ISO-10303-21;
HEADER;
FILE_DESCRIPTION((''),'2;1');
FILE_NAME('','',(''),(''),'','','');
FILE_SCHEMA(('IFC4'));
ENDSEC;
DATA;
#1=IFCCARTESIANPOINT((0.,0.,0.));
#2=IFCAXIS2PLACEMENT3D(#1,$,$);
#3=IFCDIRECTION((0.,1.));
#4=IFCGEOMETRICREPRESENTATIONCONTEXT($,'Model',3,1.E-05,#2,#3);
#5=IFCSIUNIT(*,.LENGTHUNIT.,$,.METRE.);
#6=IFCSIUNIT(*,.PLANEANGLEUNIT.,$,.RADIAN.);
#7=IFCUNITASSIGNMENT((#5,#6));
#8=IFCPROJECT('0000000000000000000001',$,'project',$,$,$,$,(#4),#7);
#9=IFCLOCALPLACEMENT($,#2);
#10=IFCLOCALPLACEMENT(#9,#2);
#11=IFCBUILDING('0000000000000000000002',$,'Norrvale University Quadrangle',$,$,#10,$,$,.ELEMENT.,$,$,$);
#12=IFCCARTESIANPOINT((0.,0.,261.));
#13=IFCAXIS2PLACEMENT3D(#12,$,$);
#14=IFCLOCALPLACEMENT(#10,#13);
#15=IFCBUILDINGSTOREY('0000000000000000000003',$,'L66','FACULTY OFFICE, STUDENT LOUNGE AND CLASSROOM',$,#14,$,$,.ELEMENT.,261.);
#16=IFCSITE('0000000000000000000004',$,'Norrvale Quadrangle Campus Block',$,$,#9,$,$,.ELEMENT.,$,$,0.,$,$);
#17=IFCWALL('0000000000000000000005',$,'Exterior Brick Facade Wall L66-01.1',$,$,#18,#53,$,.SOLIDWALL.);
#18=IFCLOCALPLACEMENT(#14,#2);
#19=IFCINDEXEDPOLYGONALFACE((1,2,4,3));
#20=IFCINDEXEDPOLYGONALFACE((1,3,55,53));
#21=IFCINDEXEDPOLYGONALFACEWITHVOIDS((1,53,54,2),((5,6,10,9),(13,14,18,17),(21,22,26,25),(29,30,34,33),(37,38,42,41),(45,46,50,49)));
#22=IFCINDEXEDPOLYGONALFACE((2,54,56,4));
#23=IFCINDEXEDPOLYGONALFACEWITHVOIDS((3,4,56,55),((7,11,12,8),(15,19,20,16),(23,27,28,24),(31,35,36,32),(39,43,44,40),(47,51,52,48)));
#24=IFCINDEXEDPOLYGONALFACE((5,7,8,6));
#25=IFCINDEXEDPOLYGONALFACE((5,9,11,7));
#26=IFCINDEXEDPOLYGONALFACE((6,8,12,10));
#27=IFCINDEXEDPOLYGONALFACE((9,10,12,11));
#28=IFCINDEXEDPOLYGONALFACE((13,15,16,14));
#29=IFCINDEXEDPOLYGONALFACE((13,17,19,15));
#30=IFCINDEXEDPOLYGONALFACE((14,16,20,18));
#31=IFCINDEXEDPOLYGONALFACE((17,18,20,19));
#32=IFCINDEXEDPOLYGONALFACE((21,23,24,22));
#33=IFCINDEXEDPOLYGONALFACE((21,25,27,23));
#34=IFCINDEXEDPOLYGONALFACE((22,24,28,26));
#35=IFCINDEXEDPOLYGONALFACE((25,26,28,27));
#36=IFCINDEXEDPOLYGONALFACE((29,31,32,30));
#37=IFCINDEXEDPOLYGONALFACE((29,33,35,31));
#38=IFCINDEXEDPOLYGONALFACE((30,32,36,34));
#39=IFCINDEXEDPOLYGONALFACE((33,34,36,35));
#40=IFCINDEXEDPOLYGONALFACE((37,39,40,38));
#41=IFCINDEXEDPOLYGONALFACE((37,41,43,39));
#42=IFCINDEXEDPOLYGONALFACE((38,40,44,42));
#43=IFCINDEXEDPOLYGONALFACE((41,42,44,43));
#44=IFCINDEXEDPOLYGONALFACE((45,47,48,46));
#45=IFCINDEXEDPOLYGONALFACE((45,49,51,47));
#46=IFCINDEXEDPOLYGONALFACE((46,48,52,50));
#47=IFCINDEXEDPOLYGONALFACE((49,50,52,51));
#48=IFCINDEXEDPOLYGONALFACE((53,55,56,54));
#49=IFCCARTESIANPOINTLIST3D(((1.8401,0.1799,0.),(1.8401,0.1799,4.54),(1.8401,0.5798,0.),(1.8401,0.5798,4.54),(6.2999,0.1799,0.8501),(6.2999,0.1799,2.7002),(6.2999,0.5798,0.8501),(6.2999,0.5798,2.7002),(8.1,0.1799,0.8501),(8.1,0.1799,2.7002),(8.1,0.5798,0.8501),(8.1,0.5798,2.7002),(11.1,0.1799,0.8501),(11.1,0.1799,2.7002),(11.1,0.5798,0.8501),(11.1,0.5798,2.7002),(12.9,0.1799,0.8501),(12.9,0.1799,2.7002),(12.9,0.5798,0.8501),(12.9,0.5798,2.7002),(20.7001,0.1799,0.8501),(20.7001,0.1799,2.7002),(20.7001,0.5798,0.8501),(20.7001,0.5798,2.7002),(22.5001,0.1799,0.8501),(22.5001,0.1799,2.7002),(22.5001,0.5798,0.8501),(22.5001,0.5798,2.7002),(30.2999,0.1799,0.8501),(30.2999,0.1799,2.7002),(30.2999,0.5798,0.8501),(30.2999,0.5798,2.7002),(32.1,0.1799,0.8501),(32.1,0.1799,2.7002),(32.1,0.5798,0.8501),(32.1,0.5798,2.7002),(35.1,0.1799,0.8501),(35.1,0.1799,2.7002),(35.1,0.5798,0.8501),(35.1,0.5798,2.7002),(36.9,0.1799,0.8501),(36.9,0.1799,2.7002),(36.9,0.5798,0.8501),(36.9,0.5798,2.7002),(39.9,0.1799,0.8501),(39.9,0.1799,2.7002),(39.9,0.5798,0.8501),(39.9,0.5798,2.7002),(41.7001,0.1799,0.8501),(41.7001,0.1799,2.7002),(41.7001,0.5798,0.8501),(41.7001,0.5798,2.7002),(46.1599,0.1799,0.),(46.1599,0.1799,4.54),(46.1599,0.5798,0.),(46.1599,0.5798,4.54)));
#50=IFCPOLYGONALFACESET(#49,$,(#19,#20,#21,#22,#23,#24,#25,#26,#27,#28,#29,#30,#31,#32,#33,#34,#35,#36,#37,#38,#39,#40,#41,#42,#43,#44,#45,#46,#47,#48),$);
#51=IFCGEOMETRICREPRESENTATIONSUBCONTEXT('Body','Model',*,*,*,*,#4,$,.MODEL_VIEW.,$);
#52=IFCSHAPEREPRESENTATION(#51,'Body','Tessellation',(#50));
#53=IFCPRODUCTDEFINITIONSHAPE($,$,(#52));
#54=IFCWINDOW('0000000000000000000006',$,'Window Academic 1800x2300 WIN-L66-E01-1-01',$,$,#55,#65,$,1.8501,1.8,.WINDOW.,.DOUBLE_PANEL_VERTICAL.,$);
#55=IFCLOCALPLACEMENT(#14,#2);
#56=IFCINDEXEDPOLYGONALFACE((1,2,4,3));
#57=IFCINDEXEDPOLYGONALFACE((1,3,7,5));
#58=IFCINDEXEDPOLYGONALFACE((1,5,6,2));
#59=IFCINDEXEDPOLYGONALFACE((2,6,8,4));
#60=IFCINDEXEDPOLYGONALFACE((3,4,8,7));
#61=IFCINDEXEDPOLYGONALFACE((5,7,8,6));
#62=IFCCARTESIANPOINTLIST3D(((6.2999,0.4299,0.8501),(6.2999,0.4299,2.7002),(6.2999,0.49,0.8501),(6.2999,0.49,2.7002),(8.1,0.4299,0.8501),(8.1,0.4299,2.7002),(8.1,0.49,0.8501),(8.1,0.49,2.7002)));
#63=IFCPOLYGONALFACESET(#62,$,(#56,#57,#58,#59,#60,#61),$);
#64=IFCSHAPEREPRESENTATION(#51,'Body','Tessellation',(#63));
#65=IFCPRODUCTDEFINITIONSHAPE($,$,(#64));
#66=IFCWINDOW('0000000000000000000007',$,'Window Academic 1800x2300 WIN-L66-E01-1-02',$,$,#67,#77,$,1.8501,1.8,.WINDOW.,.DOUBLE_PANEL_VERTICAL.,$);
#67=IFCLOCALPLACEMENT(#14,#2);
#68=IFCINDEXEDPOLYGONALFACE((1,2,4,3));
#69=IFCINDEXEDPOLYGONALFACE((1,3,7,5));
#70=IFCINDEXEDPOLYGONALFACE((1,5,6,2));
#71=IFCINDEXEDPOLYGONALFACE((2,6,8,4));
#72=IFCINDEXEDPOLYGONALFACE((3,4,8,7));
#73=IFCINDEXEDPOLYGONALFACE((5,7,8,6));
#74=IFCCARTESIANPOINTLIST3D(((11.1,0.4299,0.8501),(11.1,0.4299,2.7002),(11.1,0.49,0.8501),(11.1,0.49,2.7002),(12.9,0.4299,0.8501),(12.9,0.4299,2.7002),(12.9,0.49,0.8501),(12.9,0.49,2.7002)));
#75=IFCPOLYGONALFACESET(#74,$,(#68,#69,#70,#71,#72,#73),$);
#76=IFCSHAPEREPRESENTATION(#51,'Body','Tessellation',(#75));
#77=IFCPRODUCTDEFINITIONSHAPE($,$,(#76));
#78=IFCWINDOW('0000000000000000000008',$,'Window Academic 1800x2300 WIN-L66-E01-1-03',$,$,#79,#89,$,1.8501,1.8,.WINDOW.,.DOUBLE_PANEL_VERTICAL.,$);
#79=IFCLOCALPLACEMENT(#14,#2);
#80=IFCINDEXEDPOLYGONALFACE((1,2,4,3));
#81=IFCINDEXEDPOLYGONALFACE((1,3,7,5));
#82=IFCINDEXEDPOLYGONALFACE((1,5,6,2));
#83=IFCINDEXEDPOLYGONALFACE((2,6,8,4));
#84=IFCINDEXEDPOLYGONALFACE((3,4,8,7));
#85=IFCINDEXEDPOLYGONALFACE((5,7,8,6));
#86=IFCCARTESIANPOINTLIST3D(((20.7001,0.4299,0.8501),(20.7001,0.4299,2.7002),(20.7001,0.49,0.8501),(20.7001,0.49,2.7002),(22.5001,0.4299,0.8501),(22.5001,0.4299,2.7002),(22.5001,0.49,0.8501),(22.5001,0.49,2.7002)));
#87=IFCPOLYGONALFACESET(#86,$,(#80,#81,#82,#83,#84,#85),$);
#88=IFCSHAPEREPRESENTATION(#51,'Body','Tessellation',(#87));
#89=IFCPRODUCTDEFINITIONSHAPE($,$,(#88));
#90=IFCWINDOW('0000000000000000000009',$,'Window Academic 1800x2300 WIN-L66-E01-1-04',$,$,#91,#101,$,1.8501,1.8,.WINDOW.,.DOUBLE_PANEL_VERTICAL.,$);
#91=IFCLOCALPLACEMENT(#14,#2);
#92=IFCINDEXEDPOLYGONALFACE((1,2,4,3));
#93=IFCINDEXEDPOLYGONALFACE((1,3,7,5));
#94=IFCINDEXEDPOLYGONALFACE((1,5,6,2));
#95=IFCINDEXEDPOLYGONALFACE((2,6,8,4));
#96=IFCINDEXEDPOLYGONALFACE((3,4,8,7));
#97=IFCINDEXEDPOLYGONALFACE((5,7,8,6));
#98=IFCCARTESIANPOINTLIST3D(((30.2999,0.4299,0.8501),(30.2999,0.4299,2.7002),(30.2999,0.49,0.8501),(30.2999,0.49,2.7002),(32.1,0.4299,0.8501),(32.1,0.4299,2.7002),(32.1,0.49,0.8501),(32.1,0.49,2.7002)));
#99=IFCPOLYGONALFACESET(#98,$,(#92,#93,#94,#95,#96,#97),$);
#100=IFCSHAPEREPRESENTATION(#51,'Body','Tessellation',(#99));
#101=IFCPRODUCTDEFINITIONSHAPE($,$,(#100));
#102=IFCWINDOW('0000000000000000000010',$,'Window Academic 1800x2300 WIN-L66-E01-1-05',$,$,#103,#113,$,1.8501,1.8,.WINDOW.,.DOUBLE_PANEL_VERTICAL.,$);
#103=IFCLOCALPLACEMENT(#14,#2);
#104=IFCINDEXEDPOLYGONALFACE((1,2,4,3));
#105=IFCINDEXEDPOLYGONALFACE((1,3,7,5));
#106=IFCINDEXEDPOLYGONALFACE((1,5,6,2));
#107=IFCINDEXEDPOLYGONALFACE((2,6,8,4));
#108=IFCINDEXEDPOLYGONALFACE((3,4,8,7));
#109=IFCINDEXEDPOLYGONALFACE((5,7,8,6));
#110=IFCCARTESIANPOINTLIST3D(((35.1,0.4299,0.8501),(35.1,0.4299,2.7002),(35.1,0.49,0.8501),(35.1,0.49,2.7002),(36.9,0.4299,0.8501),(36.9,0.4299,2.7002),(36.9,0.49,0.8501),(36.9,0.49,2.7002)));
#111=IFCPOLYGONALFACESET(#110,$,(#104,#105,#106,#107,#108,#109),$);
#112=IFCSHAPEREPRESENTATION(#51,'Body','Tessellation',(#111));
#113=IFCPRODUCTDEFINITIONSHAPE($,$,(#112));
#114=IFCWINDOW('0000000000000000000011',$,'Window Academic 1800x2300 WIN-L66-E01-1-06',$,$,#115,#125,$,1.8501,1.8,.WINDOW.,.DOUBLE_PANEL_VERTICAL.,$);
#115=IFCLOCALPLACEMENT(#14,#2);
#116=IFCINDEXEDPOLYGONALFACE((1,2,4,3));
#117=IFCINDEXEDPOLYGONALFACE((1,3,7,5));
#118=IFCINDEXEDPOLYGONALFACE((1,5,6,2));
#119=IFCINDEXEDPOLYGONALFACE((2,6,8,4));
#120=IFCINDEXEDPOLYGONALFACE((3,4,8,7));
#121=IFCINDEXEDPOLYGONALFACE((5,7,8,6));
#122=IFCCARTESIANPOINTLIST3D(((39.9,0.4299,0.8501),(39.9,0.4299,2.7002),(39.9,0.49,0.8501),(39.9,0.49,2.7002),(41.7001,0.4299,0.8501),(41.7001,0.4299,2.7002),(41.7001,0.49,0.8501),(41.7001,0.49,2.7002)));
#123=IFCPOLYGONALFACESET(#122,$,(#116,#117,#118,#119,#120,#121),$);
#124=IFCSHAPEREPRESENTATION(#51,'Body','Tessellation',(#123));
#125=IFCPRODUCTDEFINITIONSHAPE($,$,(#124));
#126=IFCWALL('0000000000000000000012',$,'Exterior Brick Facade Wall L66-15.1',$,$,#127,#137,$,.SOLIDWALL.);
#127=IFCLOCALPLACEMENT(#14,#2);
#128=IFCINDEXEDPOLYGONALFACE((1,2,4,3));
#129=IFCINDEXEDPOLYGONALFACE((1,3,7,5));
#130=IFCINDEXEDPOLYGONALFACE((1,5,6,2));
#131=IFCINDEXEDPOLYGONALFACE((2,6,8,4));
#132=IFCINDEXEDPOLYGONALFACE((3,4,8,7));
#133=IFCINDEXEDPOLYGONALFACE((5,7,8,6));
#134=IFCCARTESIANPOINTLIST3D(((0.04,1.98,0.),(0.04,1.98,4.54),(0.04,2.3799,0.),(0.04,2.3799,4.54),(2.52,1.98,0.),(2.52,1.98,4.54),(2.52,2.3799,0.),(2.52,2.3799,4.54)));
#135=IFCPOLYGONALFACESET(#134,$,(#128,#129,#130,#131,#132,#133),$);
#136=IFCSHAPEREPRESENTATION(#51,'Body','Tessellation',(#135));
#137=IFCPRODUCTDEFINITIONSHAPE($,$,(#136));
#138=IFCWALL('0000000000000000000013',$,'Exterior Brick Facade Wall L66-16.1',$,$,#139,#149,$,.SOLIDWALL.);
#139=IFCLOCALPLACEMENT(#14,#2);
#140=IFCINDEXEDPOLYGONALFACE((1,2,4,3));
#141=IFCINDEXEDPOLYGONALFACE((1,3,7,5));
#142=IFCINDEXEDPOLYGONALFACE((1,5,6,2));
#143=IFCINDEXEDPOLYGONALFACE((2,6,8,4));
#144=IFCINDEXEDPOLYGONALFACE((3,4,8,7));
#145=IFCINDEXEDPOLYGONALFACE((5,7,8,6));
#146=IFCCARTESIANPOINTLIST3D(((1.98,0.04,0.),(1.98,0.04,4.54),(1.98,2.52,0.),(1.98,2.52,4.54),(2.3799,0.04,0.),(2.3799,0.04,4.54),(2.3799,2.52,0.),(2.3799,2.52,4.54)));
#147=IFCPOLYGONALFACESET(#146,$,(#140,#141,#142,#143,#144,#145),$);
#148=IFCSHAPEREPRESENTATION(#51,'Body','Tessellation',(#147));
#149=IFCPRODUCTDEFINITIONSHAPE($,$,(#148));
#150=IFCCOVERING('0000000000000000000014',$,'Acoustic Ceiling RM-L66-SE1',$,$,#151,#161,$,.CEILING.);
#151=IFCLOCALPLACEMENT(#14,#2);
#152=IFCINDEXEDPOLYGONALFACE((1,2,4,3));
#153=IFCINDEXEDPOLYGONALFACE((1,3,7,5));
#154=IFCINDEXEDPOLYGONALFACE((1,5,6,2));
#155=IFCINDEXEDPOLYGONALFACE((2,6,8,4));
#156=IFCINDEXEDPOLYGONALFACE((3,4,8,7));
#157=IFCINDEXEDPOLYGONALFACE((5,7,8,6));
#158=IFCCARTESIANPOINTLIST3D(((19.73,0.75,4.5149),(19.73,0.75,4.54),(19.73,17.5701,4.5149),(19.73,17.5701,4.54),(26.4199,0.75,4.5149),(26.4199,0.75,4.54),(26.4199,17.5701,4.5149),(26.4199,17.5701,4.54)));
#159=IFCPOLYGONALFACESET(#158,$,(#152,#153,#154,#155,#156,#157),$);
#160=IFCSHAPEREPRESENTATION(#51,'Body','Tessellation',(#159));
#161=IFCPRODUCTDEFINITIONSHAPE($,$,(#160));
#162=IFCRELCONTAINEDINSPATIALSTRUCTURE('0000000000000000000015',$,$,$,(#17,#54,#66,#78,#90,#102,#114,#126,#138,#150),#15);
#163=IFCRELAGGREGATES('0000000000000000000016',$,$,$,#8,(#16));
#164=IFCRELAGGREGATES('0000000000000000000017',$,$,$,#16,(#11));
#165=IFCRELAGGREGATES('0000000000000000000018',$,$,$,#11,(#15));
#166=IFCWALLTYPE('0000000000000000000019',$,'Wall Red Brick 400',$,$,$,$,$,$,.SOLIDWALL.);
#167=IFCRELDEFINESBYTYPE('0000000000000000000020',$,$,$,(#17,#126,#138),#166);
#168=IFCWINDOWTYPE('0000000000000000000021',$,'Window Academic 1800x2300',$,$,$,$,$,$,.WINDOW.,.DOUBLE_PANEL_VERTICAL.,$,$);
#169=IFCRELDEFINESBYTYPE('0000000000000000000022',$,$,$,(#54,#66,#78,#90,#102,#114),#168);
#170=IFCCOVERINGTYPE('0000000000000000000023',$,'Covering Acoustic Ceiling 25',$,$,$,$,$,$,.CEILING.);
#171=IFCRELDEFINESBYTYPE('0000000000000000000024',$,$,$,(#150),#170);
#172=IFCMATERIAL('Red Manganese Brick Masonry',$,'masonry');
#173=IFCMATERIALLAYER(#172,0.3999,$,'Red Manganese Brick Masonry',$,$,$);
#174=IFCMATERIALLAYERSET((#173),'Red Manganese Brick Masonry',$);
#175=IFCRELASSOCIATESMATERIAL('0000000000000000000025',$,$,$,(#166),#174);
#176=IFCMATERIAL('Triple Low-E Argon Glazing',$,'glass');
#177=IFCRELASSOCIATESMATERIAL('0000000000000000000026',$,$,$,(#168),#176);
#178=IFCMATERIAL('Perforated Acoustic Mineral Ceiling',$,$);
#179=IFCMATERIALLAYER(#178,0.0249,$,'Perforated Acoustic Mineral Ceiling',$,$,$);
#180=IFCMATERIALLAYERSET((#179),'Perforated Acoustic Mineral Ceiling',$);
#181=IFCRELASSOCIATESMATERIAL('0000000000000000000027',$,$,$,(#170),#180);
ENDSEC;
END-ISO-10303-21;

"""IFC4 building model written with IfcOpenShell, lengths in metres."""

from ifc_helpers import new_model, si_unit, direction, frame, frame_2d, origin, place, context, subcontext, project, spatial, polyline, rectangle, outline, extrude, material, layer, layer_set, type_object, element, fill, save


model = new_model("IFC4")

# Units and contexts
model_context = context("Model", 3, precision=1e-05, world=origin(), true_north=direction((0.0, 1.0)))
body_context = subcontext(model_context, "Body", "Model", "MODEL_VIEW")
ifc_project = project(units=[si_unit("LENGTHUNIT", "METRE"), si_unit("PLANEANGLEUNIT", "RADIAN")], contexts=[model_context])

# Site, building, storey
site_placement = place(None, origin())
site = spatial("IfcSite", under=ifc_project, at=site_placement, Name="Norrvale Quadrangle Campus Block", CompositionType="ELEMENT", RefElevation=0.0)
building_placement = place(site_placement, origin())
building = spatial("IfcBuilding", under=site, at=building_placement, Name="Norrvale University Quadrangle", CompositionType="ELEMENT")
storey_placement = place(building_placement, frame((0.0, 0.0, 261.0)))
storey = spatial("IfcBuildingStorey", under=building, at=storey_placement, Name="L66", Description="FACULTY OFFICE, STUDENT LOUNGE AND CLASSROOM", CompositionType="ELEMENT", Elevation=261.0)

# Wall, openings, windows
ifc_material_1 = material(Name="Red Manganese Brick Masonry", Category="masonry")
ifc_layer_1 = layer(ifc_material_1, 0.3999, Name="Red Manganese Brick Masonry")
ifc_layer_set_1 = layer_set([ifc_layer_1], Name="Red Manganese Brick Masonry")
wall_type_1 = type_object("IfcWallType", Name="Wall Red Brick 400", PredefinedType="SOLIDWALL", material=ifc_layer_set_1)
wall_1_placement = place(storey_placement, frame((1.8401, 0.3799, 0.0), z_axis=(0.0, 0.0, 1.0), x_axis=(1.0, 0.0, 0.0)))
wall_1 = element("IfcWall", 1, at=wall_1_placement, inside=storey, type_object=wall_type_1, Name="Exterior Brick Facade Wall L66-01.1", PredefinedType="SOLIDWALL", context=body_context, shape_type="SweptSolid", body=[
    extrude(rectangle(XDim=44.3198, YDim=0.3999, at=frame_2d((22.1599, 0.0))), origin(), (0.0, 0.0, 1.0), 4.54),
])
opening_1_placement = place(wall_1_placement, frame((4.46, 0.0, 0.8501)))
opening_1 = element("IfcOpeningElement", 2, at=opening_1_placement, cuts=wall_1, PredefinedType="OPENING", context=body_context, shape_type="SweptSolid", body=[
    extrude(rectangle(XDim=1.8, YDim=1.8501, at=frame_2d((0.8999, 0.925))), frame((0.0, 0.2119, 0.0), z_axis=(0.0, -1.0, 0.0), x_axis=(1.0, 0.0, 0.0)), (0.0, 0.0, 1.0), 0.4238),
])
opening_2_placement = place(wall_1_placement, frame((9.26, 0.0, 0.8501)))
opening_2 = element("IfcOpeningElement", 3, at=opening_2_placement, cuts=wall_1, PredefinedType="OPENING", context=body_context, shape_type="SweptSolid", body=[
    extrude(rectangle(XDim=1.8, YDim=1.8501, at=frame_2d((0.8999, 0.925))), frame((0.0, 0.2119, 0.0), z_axis=(0.0, -1.0, 0.0), x_axis=(1.0, 0.0, 0.0)), (0.0, 0.0, 1.0), 0.4238),
])
opening_3_placement = place(wall_1_placement, frame((18.8601, 0.0, 0.8501)))
opening_3 = element("IfcOpeningElement", 4, at=opening_3_placement, cuts=wall_1, PredefinedType="OPENING", context=body_context, shape_type="SweptSolid", body=[
    extrude(rectangle(XDim=1.8, YDim=1.8501, at=frame_2d((0.8999, 0.925))), frame((0.0, 0.2119, 0.0), z_axis=(0.0, -1.0, 0.0), x_axis=(1.0, 0.0, 0.0)), (0.0, 0.0, 1.0), 0.4238),
])
opening_4_placement = place(wall_1_placement, frame((28.46, 0.0, 0.8501)))
opening_4 = element("IfcOpeningElement", 5, at=opening_4_placement, cuts=wall_1, PredefinedType="OPENING", context=body_context, shape_type="SweptSolid", body=[
    extrude(rectangle(XDim=1.8, YDim=1.8501, at=frame_2d((0.8999, 0.925))), frame((0.0, 0.2119, 0.0), z_axis=(0.0, -1.0, 0.0), x_axis=(1.0, 0.0, 0.0)), (0.0, 0.0, 1.0), 0.4238),
])
opening_5_placement = place(wall_1_placement, frame((33.26, 0.0, 0.8501)))
opening_5 = element("IfcOpeningElement", 6, at=opening_5_placement, cuts=wall_1, PredefinedType="OPENING", context=body_context, shape_type="SweptSolid", body=[
    extrude(rectangle(XDim=1.8, YDim=1.8501, at=frame_2d((0.8999, 0.925))), frame((0.0, 0.2119, 0.0), z_axis=(0.0, -1.0, 0.0), x_axis=(1.0, 0.0, 0.0)), (0.0, 0.0, 1.0), 0.4238),
])
opening_6_placement = place(wall_1_placement, frame((38.0601, 0.0, 0.8501)))
opening_6 = element("IfcOpeningElement", 7, at=opening_6_placement, cuts=wall_1, PredefinedType="OPENING", context=body_context, shape_type="SweptSolid", body=[
    extrude(rectangle(XDim=1.8, YDim=1.8501, at=frame_2d((0.8999, 0.925))), frame((0.0, 0.2119, 0.0), z_axis=(0.0, -1.0, 0.0), x_axis=(1.0, 0.0, 0.0)), (0.0, 0.0, 1.0), 0.4238),
])
ifc_material_2 = material(Name="Triple Low-E Argon Glazing", Category="glass")
window_type = type_object("IfcWindowType", Name="Window Academic 1800x2300", PartitioningType="DOUBLE_PANEL_VERTICAL", PredefinedType="WINDOW", material=ifc_material_2)
window_1_placement = place(opening_1_placement, origin())
window_1 = element("IfcWindow", 8, at=window_1_placement, inside=storey, type_object=window_type, Name="Window Academic 1800x2300 WIN-L66-E01-1-01", OverallHeight=1.8501, OverallWidth=1.8, PartitioningType="DOUBLE_PANEL_VERTICAL", PredefinedType="WINDOW", context=body_context, shape_type="SweptSolid", body=[
    extrude(rectangle(XDim=1.8, YDim=1.8501, at=frame_2d((0.8999, 0.925))), frame((0.0, 0.1101, 0.0), z_axis=(0.0, -1.0, 0.0), x_axis=(1.0, 0.0, 0.0)), (0.0, 0.0, 1.0), 0.0601),
])
fill(opening_1, window_1)
window_2_placement = place(opening_2_placement, origin())
window_2 = element("IfcWindow", 9, at=window_2_placement, inside=storey, type_object=window_type, Name="Window Academic 1800x2300 WIN-L66-E01-1-02", OverallHeight=1.8501, OverallWidth=1.8, PartitioningType="DOUBLE_PANEL_VERTICAL", PredefinedType="WINDOW", context=body_context, shape_type="SweptSolid", body=[
    extrude(rectangle(XDim=1.8, YDim=1.8501, at=frame_2d((0.8999, 0.925))), frame((0.0, 0.1101, 0.0), z_axis=(0.0, -1.0, 0.0), x_axis=(1.0, 0.0, 0.0)), (0.0, 0.0, 1.0), 0.0601),
])
fill(opening_2, window_2)
window_3_placement = place(opening_3_placement, origin())
window_3 = element("IfcWindow", 10, at=window_3_placement, inside=storey, type_object=window_type, Name="Window Academic 1800x2300 WIN-L66-E01-1-03", OverallHeight=1.8501, OverallWidth=1.8, PartitioningType="DOUBLE_PANEL_VERTICAL", PredefinedType="WINDOW", context=body_context, shape_type="SweptSolid", body=[
    extrude(rectangle(XDim=1.8, YDim=1.8501, at=frame_2d((0.8999, 0.925))), frame((0.0, 0.1101, 0.0), z_axis=(0.0, -1.0, 0.0), x_axis=(1.0, 0.0, 0.0)), (0.0, 0.0, 1.0), 0.0601),
])
fill(opening_3, window_3)
window_4_placement = place(opening_4_placement, origin())
window_4 = element("IfcWindow", 11, at=window_4_placement, inside=storey, type_object=window_type, Name="Window Academic 1800x2300 WIN-L66-E01-1-04", OverallHeight=1.8501, OverallWidth=1.8, PartitioningType="DOUBLE_PANEL_VERTICAL", PredefinedType="WINDOW", context=body_context, shape_type="SweptSolid", body=[
    extrude(rectangle(XDim=1.8, YDim=1.8501, at=frame_2d((0.8999, 0.925))), frame((0.0, 0.1101, 0.0), z_axis=(0.0, -1.0, 0.0), x_axis=(1.0, 0.0, 0.0)), (0.0, 0.0, 1.0), 0.0601),
])
fill(opening_4, window_4)
window_5_placement = place(opening_5_placement, origin())
window_5 = element("IfcWindow", 12, at=window_5_placement, inside=storey, type_object=window_type, Name="Window Academic 1800x2300 WIN-L66-E01-1-05", OverallHeight=1.8501, OverallWidth=1.8, PartitioningType="DOUBLE_PANEL_VERTICAL", PredefinedType="WINDOW", context=body_context, shape_type="SweptSolid", body=[
    extrude(rectangle(XDim=1.8, YDim=1.8501, at=frame_2d((0.8999, 0.925))), frame((0.0, 0.1101, 0.0), z_axis=(0.0, -1.0, 0.0), x_axis=(1.0, 0.0, 0.0)), (0.0, 0.0, 1.0), 0.0601),
])
fill(opening_5, window_5)
window_6_placement = place(opening_6_placement, origin())
window_6 = element("IfcWindow", 13, at=window_6_placement, inside=storey, type_object=window_type, Name="Window Academic 1800x2300 WIN-L66-E01-1-06", OverallHeight=1.8501, OverallWidth=1.8, PartitioningType="DOUBLE_PANEL_VERTICAL", PredefinedType="WINDOW", context=body_context, shape_type="SweptSolid", body=[
    extrude(rectangle(XDim=1.8, YDim=1.8501, at=frame_2d((0.8999, 0.925))), frame((0.0, 0.1101, 0.0), z_axis=(0.0, -1.0, 0.0), x_axis=(1.0, 0.0, 0.0)), (0.0, 0.0, 1.0), 0.0601),
])
fill(opening_6, window_6)

# Walls
for number, where, z_axis, x_axis, name in (
    (14, (0.04, 2.1799, 0.0), (0.0, 0.0, 1.0), (1.0, 0.0, 0.0), "Exterior Brick Facade Wall L66-15.1"),
    (15, (2.1799, 2.52, 0.0), (0.0, 0.0, 1.0), (0.0, -1.0, 0.0), "Exterior Brick Facade Wall L66-16.1"),
):
    element("IfcWall", number, at=place(storey_placement, frame(where, z_axis=z_axis, x_axis=x_axis)), inside=storey, type_object=wall_type_1, Name=name, PredefinedType="SOLIDWALL", context=body_context, shape_type="SweptSolid", body=[
        extrude(rectangle(XDim=2.48, YDim=0.3999, at=frame_2d((1.24, 0.0))), origin(), (0.0, 0.0, 1.0), 4.54),
    ])

# Covering
ifc_material_3 = material(Name="Perforated Acoustic Mineral Ceiling")
ifc_layer_2 = layer(ifc_material_3, 0.0249, Name="Perforated Acoustic Mineral Ceiling")
ifc_layer_set_2 = layer_set([ifc_layer_2], Name="Perforated Acoustic Mineral Ceiling")
covering_type_1 = type_object("IfcCoveringType", Name="Covering Acoustic Ceiling 25", PredefinedType="CEILING", material=ifc_layer_set_2)
covering_1_placement = place(storey_placement, frame((0.0, 0.0, 4.5149)))
element("IfcCovering", 16, at=covering_1_placement, inside=storey, type_object=covering_type_1, Name="Acoustic Ceiling RM-L66-SE1", PredefinedType="CEILING", context=body_context, shape_type="SweptSolid", body=[
    extrude(outline(polyline([(19.73, 17.5701), (26.4199, 17.5701), (26.4199, 0.75), (19.73, 0.75), (19.73, 17.5701)])), origin(), (0.0, 0.0, 1.0), 0.0251),
])

save(model, "model.ifc")
